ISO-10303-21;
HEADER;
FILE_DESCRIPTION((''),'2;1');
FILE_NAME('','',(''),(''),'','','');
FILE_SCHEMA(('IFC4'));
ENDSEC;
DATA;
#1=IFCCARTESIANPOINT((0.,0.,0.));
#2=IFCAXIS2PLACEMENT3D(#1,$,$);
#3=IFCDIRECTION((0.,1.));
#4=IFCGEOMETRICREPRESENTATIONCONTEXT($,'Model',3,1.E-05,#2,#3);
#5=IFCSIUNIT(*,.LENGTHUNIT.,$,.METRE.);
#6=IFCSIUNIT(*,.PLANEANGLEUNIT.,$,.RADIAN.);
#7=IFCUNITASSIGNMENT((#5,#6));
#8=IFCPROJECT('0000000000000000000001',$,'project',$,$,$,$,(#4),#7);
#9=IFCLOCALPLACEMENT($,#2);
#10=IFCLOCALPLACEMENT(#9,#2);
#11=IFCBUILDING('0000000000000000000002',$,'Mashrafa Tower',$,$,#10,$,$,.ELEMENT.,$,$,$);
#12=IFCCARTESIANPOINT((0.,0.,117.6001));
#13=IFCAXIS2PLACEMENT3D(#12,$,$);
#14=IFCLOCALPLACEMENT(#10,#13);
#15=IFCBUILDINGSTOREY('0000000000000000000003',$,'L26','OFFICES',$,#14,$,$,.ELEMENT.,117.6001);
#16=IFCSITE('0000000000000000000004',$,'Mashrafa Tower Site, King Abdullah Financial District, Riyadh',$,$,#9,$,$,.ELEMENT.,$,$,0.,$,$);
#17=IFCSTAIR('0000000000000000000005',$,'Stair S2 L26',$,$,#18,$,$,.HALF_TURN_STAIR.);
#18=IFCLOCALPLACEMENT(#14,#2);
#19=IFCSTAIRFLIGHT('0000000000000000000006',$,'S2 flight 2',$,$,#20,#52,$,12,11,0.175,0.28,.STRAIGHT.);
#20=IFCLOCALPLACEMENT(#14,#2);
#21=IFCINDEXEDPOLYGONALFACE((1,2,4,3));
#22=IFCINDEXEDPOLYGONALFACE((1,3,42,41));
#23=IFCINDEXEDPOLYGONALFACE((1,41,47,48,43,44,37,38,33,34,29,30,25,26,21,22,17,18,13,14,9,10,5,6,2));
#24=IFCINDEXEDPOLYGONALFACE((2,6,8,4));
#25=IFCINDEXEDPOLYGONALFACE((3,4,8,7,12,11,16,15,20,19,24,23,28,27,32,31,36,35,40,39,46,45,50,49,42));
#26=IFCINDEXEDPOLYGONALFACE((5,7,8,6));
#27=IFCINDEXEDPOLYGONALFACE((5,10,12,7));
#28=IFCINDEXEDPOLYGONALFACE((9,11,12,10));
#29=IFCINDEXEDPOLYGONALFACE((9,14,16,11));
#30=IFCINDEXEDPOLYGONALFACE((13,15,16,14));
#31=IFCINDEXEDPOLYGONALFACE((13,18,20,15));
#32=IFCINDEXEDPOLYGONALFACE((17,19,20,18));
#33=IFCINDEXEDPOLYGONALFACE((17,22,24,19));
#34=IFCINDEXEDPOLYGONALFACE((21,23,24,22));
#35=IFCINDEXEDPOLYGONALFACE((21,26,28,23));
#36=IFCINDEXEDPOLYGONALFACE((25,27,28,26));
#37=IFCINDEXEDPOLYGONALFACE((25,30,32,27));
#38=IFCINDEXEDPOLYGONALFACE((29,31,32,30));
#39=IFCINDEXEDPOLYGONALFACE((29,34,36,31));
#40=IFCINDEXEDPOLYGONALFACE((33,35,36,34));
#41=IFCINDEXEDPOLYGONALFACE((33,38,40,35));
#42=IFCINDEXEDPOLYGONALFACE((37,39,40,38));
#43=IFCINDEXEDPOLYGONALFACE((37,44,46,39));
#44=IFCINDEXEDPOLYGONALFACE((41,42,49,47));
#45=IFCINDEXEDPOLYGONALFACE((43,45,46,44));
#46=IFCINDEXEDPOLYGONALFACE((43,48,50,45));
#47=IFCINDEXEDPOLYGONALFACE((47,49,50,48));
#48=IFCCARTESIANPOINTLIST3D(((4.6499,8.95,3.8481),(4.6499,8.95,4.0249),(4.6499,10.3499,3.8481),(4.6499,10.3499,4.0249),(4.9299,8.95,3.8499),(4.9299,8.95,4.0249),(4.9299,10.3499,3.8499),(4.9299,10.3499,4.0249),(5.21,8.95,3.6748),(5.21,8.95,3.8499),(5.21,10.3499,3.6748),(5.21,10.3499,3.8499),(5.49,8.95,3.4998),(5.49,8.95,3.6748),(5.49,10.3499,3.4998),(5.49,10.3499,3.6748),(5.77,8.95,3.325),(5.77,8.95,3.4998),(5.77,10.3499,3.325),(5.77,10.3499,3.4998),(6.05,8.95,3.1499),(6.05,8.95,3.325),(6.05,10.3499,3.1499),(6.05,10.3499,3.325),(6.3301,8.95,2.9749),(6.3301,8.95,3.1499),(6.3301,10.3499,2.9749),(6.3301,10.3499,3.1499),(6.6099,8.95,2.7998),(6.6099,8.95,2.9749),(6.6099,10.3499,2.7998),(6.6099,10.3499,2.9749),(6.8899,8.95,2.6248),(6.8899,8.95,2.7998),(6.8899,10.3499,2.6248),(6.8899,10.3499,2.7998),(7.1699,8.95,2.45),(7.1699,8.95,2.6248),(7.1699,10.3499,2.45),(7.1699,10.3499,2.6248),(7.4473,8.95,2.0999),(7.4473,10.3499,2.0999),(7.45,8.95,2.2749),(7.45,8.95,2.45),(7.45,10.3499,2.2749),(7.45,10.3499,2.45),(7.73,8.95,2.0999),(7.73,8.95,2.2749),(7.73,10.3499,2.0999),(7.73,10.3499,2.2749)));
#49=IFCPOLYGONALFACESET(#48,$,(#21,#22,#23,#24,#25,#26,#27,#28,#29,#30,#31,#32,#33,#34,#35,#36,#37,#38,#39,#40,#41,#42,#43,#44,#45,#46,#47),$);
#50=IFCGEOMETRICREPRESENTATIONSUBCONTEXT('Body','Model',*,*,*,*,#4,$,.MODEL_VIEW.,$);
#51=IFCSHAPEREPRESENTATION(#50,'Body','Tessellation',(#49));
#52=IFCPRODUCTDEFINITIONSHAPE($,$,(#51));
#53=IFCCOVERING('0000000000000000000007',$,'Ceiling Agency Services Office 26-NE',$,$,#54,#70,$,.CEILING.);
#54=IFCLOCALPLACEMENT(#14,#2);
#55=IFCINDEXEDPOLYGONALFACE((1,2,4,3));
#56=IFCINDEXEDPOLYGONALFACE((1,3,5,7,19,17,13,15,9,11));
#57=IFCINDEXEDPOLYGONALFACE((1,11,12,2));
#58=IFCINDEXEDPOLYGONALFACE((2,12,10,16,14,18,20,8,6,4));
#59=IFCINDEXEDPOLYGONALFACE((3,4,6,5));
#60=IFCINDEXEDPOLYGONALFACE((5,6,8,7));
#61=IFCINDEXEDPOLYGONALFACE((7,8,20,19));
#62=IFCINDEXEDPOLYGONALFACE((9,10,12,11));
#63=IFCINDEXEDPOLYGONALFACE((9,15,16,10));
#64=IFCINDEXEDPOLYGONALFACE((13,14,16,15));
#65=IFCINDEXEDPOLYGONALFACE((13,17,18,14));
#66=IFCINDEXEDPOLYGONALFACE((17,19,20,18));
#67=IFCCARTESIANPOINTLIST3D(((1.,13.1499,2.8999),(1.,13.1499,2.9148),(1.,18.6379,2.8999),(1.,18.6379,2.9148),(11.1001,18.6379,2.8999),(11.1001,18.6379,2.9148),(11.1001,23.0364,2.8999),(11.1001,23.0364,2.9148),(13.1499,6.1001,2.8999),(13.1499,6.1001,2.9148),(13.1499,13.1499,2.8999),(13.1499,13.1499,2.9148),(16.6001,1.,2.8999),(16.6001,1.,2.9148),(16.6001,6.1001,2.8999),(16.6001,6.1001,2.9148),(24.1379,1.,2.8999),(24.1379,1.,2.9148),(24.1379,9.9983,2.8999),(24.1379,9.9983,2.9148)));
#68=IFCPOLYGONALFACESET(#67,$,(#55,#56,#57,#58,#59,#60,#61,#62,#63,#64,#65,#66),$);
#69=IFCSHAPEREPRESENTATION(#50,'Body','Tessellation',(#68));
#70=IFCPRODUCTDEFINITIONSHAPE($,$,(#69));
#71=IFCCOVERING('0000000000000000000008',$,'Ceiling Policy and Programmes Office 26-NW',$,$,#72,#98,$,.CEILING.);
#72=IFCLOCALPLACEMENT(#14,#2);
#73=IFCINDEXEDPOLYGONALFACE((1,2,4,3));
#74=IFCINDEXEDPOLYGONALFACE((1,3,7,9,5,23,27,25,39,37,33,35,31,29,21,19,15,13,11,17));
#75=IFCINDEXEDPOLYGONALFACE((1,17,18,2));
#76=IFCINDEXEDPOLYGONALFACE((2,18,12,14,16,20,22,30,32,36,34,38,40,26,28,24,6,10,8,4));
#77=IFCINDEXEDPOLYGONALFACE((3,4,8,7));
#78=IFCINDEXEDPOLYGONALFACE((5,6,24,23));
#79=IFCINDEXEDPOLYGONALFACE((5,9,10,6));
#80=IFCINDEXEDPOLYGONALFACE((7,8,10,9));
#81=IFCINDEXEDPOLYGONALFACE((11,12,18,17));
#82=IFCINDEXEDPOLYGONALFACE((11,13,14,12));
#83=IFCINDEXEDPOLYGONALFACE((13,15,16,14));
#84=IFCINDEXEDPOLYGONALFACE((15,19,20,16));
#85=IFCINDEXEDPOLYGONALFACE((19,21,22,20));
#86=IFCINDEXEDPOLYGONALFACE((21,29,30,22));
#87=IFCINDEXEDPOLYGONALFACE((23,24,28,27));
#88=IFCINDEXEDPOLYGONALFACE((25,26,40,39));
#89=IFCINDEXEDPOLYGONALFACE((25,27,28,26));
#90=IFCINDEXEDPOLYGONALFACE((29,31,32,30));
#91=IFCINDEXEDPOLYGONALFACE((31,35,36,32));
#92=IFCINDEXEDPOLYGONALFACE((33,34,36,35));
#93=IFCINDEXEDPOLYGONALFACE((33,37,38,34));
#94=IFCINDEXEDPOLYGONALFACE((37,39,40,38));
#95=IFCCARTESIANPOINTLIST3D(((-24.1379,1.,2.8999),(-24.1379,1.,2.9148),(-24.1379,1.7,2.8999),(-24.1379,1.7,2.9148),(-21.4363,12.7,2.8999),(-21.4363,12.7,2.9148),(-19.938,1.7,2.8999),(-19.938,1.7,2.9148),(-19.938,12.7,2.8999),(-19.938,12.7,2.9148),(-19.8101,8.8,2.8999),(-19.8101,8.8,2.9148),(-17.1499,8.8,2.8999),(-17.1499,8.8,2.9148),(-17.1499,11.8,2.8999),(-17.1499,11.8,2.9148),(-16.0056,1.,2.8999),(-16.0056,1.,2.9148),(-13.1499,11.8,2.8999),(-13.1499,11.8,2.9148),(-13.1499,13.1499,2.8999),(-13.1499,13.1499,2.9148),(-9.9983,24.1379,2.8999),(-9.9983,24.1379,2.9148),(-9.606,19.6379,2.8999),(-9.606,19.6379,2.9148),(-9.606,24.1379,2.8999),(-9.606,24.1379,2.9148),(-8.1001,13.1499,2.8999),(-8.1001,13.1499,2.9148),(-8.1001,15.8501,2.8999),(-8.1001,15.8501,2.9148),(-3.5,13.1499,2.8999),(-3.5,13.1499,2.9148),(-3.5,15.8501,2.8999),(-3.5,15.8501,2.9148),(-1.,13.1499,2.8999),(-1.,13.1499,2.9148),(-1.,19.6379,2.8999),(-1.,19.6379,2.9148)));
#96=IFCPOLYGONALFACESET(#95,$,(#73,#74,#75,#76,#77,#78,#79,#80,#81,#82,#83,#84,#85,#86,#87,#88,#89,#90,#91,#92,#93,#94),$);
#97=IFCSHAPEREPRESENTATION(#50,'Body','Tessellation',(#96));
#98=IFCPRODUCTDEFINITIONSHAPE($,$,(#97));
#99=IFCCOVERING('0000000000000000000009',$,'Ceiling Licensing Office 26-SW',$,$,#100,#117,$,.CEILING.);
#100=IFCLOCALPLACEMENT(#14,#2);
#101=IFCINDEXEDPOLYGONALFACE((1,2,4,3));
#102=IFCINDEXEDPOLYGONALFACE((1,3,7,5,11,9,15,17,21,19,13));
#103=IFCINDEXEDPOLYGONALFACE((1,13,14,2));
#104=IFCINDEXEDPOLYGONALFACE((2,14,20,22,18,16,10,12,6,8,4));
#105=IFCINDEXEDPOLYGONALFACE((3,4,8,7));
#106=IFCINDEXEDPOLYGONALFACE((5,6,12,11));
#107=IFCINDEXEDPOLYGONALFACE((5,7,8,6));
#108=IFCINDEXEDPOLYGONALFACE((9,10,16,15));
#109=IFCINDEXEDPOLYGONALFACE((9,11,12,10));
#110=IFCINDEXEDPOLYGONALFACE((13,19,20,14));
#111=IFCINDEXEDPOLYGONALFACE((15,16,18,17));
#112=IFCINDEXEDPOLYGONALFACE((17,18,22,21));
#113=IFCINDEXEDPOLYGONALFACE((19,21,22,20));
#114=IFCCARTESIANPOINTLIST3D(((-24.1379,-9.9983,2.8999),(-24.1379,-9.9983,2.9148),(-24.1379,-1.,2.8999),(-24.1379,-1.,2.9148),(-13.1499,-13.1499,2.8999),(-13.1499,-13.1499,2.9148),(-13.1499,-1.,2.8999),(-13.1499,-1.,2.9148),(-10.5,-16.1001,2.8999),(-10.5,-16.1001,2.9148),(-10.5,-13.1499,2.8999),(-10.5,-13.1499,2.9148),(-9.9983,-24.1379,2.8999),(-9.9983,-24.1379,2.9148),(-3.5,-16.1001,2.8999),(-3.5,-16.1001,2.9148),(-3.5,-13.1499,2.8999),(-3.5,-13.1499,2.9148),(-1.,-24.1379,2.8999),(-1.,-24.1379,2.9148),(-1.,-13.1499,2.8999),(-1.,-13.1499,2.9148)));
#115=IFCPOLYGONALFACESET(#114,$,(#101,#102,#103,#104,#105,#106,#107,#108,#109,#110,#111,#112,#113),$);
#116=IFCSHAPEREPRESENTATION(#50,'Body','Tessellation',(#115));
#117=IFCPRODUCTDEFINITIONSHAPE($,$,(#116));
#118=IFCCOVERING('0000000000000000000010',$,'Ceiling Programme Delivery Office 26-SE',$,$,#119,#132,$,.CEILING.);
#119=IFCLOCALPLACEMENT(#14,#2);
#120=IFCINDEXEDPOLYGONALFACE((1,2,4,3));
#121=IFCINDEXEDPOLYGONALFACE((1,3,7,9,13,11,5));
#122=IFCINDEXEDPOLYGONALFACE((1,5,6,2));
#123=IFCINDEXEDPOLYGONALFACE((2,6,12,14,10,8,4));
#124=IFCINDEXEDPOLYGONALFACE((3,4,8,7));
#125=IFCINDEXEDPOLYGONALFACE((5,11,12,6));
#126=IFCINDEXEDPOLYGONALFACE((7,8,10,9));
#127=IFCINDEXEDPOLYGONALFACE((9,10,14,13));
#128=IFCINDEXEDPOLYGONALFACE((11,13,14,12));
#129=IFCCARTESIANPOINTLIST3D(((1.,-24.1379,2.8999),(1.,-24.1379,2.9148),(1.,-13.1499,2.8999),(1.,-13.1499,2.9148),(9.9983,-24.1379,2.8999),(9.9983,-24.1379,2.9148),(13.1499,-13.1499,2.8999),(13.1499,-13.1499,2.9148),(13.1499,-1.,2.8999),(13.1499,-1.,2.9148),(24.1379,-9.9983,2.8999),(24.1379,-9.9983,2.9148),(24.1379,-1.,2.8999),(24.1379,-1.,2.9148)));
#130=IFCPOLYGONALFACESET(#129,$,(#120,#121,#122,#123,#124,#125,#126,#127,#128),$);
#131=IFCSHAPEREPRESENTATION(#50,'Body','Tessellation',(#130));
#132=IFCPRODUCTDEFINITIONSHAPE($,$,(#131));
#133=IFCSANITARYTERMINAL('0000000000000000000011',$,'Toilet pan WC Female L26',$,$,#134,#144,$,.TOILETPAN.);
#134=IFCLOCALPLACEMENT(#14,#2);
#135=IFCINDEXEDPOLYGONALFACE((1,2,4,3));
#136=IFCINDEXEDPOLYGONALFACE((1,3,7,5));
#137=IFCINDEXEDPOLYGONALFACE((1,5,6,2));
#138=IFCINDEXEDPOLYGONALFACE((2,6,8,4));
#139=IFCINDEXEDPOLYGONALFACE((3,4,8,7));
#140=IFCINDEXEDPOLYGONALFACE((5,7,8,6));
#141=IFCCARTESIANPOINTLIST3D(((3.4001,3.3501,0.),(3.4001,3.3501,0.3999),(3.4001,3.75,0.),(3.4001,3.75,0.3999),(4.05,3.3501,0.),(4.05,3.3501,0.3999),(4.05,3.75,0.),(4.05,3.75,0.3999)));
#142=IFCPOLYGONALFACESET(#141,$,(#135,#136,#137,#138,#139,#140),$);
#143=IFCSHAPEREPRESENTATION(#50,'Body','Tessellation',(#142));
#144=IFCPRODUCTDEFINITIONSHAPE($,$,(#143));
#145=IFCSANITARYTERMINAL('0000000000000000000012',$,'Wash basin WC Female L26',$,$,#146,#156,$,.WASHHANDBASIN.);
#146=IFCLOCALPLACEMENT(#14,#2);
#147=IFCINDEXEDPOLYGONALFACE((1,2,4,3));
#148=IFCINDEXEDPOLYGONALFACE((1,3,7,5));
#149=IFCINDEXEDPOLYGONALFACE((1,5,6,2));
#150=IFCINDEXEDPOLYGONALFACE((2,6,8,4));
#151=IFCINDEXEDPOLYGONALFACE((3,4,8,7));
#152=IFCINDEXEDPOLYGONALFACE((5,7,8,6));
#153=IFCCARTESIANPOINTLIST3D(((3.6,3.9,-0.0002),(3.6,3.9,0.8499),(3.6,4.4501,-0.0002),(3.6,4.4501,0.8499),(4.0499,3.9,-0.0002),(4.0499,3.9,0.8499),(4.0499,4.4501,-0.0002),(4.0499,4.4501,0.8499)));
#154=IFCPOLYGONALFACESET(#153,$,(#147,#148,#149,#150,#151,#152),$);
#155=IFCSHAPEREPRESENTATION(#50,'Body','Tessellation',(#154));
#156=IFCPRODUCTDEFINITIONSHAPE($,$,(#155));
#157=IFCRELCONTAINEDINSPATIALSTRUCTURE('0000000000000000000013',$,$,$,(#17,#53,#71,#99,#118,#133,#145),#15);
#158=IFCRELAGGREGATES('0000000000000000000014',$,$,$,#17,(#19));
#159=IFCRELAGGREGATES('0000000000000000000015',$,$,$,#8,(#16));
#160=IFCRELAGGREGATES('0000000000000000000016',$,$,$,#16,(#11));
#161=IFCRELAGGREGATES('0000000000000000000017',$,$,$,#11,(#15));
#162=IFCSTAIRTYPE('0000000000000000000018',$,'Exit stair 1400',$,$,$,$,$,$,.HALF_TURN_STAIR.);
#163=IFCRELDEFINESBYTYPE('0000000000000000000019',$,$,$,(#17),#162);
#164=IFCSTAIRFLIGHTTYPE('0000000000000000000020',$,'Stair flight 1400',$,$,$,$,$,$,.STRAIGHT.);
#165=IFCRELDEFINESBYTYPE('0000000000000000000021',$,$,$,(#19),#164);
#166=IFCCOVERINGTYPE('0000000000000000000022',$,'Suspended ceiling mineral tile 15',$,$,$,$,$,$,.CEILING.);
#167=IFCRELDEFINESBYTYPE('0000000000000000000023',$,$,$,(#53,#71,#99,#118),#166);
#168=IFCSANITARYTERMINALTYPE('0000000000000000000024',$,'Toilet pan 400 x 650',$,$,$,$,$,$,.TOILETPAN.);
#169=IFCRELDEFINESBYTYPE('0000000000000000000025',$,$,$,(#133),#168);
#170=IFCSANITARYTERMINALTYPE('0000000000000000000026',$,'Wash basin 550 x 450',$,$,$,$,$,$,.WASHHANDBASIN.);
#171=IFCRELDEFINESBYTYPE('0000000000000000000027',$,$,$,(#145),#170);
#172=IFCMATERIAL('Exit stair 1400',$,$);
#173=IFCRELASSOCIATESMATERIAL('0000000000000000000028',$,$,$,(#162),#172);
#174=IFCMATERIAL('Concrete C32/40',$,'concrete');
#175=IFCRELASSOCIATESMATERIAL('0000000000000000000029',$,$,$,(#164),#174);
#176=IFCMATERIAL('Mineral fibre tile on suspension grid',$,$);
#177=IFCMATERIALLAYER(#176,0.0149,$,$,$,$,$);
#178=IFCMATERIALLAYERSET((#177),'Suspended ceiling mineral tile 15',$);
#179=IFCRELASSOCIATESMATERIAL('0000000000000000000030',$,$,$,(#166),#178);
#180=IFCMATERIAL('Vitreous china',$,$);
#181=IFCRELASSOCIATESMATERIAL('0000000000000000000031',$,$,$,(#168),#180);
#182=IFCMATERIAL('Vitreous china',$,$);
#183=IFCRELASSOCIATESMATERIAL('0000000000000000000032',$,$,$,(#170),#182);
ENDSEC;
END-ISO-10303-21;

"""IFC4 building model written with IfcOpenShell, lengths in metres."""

from ifc_helpers import new_model, si_unit, direction, frame, origin, origin_2d, place, context, subcontext, project, spatial, polyline, rectangle, outline, extrude, material, layer, layer_set, type_object, element, aggregate, save


model = new_model("IFC4")

# Units and contexts
model_context = context("Model", 3, precision=1e-05, world=origin(), true_north=direction((0.0, 1.0)))
body_context = subcontext(model_context, "Body", "Model", "MODEL_VIEW")
ifc_project = project(units=[si_unit("LENGTHUNIT", "METRE"), si_unit("PLANEANGLEUNIT", "RADIAN")], contexts=[model_context])

# Site, building, storey
site_placement = place(None, origin())
site = spatial("IfcSite", under=ifc_project, at=site_placement, Name="Mashrafa Tower Site, King Abdullah Financial District, Riyadh", CompositionType="ELEMENT", RefElevation=0.0)
building_placement = place(site_placement, origin())
building = spatial("IfcBuilding", under=site, at=building_placement, Name="Mashrafa Tower", CompositionType="ELEMENT")
storey_placement = place(building_placement, frame((0.0, 0.0, 117.6001)))
storey = spatial("IfcBuildingStorey", under=building, at=storey_placement, Name="L26", Description="OFFICES", CompositionType="ELEMENT", Elevation=117.6001)

# Stair, stair flight
ifc_material_1 = material(Name="Exit stair 1400")
stair_type = type_object("IfcStairType", Name="Exit stair 1400", PredefinedType="HALF_TURN_STAIR", material=ifc_material_1)
stair_placement = place(storey_placement, origin())
stair = element("IfcStair", 1, at=stair_placement, inside=storey, type_object=stair_type, Name="Stair S2 L26", PredefinedType="HALF_TURN_STAIR")
ifc_material_2 = material(Name="Concrete C32/40", Category="concrete")
stair_flight_type = type_object("IfcStairFlightType", Name="Stair flight 1400", PredefinedType="STRAIGHT", material=ifc_material_2)
stair_flight_1_placement = place(storey_placement, frame((7.73, 9.6499, 2.0999), z_axis=(0.0, 0.0, 1.0), x_axis=(-1.0, 0.0, 0.0)))
stair_flight_1 = element("IfcStairFlight", 2, at=stair_flight_1_placement, type_object=stair_flight_type, Name="S2 flight 2", NumberOfRisers=12, NumberOfTreads=11, PredefinedType="STRAIGHT", RiserHeight=0.175, TreadLength=0.28, context=body_context, shape_type="SweptSolid", body=[
    extrude(outline(polyline([(0.0, 0.0), (0.0, 0.175), (0.28, 0.175), (0.28, 0.3501), (0.5601, 0.3501), (0.5601, 0.5249), (0.8401, 0.5249), (0.8401, 0.7), (1.1201, 0.7), (1.1201, 0.875), (1.3999, 0.875), (1.3999, 1.05), (1.6799, 1.05), (1.6799, 1.2251), (1.96, 1.2251), (1.96, 1.3999), (2.24, 1.3999), (2.24, 1.575), (2.52, 1.575), (2.52, 1.75), (2.8, 1.75), (2.8, 1.925), (3.0801, 1.925), (3.0801, 2.1001), (3.0801, 1.7483), (0.2827, 0.0), (0.0, 0.0)])), frame((0.0, 0.7, 0.0), z_axis=(0.0, -1.0, 0.0), x_axis=(1.0, 0.0, 0.0)), (0.0, 0.0, 1.0), 1.3999),
])
aggregate(stair, [stair_flight_1])

# Coverings
ifc_material_3 = material(Name="Mineral fibre tile on suspension grid")
ifc_layer_1 = layer(ifc_material_3, 0.0149)
ifc_layer_set_1 = layer_set([ifc_layer_1], Name="Suspended ceiling mineral tile 15")
covering_type = type_object("IfcCoveringType", Name="Suspended ceiling mineral tile 15", PredefinedType="CEILING", material=ifc_layer_set_1)
covering_1_placement = place(storey_placement, frame((0.0, 0.0, 2.8999)))
element("IfcCovering", 3, at=covering_1_placement, inside=storey, type_object=covering_type, Name="Ceiling Agency Services Office 26-NE", PredefinedType="CEILING", context=body_context, shape_type="SweptSolid", body=[
    extrude(outline(polyline([(11.1001, 23.0364), (24.1379, 9.9983), (24.1379, 1.0), (16.6001, 1.0), (16.6001, 6.1001), (13.1499, 6.1001), (13.1499, 13.1499), (1.0, 13.1499), (1.0, 18.6379), (11.1001, 18.6379), (11.1001, 23.0364)])), origin(), (0.0, 0.0, 1.0), 0.0149),
])
covering_2_placement = place(storey_placement, frame((0.0, 0.0, 2.8999)))
element("IfcCovering", 4, at=covering_2_placement, inside=storey, type_object=covering_type, Name="Ceiling Policy and Programmes Office 26-NW", PredefinedType="CEILING", context=body_context, shape_type="SweptSolid", body=[
    extrude(outline(polyline([(-24.1379, 1.0), (-24.1379, 1.7), (-19.938, 1.7), (-19.938, 12.7), (-21.4363, 12.7), (-9.9983, 24.1379), (-9.606, 24.1379), (-9.606, 19.6379), (-1.0, 19.6379), (-1.0, 13.1499), (-3.5, 13.1499), (-3.5, 15.8501), (-8.1001, 15.8501), (-8.1001, 13.1499), (-13.1499, 13.1499), (-13.1499, 11.8), (-17.1499, 11.8), (-17.1499, 8.8), (-19.8101, 8.8), (-16.0056, 1.0), (-24.1379, 1.0)])), origin(), (0.0, 0.0, 1.0), 0.0149),
])
covering_3_placement = place(storey_placement, frame((0.0, 0.0, 2.8999)))
element("IfcCovering", 5, at=covering_3_placement, inside=storey, type_object=covering_type, Name="Ceiling Licensing Office 26-SW", PredefinedType="CEILING", context=body_context, shape_type="SweptSolid", body=[
    extrude(outline(polyline([(-1.0, -24.1379), (-9.9983, -24.1379), (-24.1379, -9.9983), (-24.1379, -1.0), (-13.1499, -1.0), (-13.1499, -13.1499), (-10.5, -13.1499), (-10.5, -16.1001), (-3.5, -16.1001), (-3.5, -13.1499), (-1.0, -13.1499), (-1.0, -24.1379)])), origin(), (0.0, 0.0, 1.0), 0.0149),
])
covering_4_placement = place(storey_placement, frame((0.0, 0.0, 2.8999)))
element("IfcCovering", 6, at=covering_4_placement, inside=storey, type_object=covering_type, Name="Ceiling Programme Delivery Office 26-SE", PredefinedType="CEILING", context=body_context, shape_type="SweptSolid", body=[
    extrude(outline(polyline([(24.1379, -1.0), (24.1379, -9.9983), (9.9983, -24.1379), (1.0, -24.1379), (1.0, -13.1499), (13.1499, -13.1499), (13.1499, -1.0), (24.1379, -1.0)])), origin(), (0.0, 0.0, 1.0), 0.0149),
])

# Sanitary terminals
ifc_material_4 = material(Name="Vitreous china")
sanitary_terminal_type_1 = type_object("IfcSanitaryTerminalType", Name="Toilet pan 400 x 650", PredefinedType="TOILETPAN", material=ifc_material_4)
sanitary_terminal_1_placement = place(storey_placement, frame((3.7251, 3.55, 0.0), z_axis=(0.0, 0.0, 1.0), x_axis=(0.0, 1.0, 0.0)))
element("IfcSanitaryTerminal", 7, at=sanitary_terminal_1_placement, inside=storey, type_object=sanitary_terminal_type_1, Name="Toilet pan WC Female L26", PredefinedType="TOILETPAN", context=body_context, shape_type="SweptSolid", body=[
    extrude(rectangle(XDim=0.3999, YDim=0.6499, at=origin_2d()), origin(), (0.0, 0.0, 1.0), 0.3999),
])
ifc_material_5 = material(Name="Vitreous china")
sanitary_terminal_type_2 = type_object("IfcSanitaryTerminalType", Name="Wash basin 550 x 450", PredefinedType="WASHHANDBASIN", material=ifc_material_5)
sanitary_terminal_2_placement = place(storey_placement, frame((3.825, 4.175, -0.0002), z_axis=(0.0, 0.0, 1.0), x_axis=(0.0, 1.0, 0.0)))
element("IfcSanitaryTerminal", 8, at=sanitary_terminal_2_placement, inside=storey, type_object=sanitary_terminal_type_2, Name="Wash basin WC Female L26", PredefinedType="WASHHANDBASIN", context=body_context, shape_type="SweptSolid", body=[
    extrude(rectangle(XDim=0.55, YDim=0.45, at=origin_2d()), origin(), (0.0, 0.0, 1.0), 0.8501),
])

save(model, "model.ifc")
